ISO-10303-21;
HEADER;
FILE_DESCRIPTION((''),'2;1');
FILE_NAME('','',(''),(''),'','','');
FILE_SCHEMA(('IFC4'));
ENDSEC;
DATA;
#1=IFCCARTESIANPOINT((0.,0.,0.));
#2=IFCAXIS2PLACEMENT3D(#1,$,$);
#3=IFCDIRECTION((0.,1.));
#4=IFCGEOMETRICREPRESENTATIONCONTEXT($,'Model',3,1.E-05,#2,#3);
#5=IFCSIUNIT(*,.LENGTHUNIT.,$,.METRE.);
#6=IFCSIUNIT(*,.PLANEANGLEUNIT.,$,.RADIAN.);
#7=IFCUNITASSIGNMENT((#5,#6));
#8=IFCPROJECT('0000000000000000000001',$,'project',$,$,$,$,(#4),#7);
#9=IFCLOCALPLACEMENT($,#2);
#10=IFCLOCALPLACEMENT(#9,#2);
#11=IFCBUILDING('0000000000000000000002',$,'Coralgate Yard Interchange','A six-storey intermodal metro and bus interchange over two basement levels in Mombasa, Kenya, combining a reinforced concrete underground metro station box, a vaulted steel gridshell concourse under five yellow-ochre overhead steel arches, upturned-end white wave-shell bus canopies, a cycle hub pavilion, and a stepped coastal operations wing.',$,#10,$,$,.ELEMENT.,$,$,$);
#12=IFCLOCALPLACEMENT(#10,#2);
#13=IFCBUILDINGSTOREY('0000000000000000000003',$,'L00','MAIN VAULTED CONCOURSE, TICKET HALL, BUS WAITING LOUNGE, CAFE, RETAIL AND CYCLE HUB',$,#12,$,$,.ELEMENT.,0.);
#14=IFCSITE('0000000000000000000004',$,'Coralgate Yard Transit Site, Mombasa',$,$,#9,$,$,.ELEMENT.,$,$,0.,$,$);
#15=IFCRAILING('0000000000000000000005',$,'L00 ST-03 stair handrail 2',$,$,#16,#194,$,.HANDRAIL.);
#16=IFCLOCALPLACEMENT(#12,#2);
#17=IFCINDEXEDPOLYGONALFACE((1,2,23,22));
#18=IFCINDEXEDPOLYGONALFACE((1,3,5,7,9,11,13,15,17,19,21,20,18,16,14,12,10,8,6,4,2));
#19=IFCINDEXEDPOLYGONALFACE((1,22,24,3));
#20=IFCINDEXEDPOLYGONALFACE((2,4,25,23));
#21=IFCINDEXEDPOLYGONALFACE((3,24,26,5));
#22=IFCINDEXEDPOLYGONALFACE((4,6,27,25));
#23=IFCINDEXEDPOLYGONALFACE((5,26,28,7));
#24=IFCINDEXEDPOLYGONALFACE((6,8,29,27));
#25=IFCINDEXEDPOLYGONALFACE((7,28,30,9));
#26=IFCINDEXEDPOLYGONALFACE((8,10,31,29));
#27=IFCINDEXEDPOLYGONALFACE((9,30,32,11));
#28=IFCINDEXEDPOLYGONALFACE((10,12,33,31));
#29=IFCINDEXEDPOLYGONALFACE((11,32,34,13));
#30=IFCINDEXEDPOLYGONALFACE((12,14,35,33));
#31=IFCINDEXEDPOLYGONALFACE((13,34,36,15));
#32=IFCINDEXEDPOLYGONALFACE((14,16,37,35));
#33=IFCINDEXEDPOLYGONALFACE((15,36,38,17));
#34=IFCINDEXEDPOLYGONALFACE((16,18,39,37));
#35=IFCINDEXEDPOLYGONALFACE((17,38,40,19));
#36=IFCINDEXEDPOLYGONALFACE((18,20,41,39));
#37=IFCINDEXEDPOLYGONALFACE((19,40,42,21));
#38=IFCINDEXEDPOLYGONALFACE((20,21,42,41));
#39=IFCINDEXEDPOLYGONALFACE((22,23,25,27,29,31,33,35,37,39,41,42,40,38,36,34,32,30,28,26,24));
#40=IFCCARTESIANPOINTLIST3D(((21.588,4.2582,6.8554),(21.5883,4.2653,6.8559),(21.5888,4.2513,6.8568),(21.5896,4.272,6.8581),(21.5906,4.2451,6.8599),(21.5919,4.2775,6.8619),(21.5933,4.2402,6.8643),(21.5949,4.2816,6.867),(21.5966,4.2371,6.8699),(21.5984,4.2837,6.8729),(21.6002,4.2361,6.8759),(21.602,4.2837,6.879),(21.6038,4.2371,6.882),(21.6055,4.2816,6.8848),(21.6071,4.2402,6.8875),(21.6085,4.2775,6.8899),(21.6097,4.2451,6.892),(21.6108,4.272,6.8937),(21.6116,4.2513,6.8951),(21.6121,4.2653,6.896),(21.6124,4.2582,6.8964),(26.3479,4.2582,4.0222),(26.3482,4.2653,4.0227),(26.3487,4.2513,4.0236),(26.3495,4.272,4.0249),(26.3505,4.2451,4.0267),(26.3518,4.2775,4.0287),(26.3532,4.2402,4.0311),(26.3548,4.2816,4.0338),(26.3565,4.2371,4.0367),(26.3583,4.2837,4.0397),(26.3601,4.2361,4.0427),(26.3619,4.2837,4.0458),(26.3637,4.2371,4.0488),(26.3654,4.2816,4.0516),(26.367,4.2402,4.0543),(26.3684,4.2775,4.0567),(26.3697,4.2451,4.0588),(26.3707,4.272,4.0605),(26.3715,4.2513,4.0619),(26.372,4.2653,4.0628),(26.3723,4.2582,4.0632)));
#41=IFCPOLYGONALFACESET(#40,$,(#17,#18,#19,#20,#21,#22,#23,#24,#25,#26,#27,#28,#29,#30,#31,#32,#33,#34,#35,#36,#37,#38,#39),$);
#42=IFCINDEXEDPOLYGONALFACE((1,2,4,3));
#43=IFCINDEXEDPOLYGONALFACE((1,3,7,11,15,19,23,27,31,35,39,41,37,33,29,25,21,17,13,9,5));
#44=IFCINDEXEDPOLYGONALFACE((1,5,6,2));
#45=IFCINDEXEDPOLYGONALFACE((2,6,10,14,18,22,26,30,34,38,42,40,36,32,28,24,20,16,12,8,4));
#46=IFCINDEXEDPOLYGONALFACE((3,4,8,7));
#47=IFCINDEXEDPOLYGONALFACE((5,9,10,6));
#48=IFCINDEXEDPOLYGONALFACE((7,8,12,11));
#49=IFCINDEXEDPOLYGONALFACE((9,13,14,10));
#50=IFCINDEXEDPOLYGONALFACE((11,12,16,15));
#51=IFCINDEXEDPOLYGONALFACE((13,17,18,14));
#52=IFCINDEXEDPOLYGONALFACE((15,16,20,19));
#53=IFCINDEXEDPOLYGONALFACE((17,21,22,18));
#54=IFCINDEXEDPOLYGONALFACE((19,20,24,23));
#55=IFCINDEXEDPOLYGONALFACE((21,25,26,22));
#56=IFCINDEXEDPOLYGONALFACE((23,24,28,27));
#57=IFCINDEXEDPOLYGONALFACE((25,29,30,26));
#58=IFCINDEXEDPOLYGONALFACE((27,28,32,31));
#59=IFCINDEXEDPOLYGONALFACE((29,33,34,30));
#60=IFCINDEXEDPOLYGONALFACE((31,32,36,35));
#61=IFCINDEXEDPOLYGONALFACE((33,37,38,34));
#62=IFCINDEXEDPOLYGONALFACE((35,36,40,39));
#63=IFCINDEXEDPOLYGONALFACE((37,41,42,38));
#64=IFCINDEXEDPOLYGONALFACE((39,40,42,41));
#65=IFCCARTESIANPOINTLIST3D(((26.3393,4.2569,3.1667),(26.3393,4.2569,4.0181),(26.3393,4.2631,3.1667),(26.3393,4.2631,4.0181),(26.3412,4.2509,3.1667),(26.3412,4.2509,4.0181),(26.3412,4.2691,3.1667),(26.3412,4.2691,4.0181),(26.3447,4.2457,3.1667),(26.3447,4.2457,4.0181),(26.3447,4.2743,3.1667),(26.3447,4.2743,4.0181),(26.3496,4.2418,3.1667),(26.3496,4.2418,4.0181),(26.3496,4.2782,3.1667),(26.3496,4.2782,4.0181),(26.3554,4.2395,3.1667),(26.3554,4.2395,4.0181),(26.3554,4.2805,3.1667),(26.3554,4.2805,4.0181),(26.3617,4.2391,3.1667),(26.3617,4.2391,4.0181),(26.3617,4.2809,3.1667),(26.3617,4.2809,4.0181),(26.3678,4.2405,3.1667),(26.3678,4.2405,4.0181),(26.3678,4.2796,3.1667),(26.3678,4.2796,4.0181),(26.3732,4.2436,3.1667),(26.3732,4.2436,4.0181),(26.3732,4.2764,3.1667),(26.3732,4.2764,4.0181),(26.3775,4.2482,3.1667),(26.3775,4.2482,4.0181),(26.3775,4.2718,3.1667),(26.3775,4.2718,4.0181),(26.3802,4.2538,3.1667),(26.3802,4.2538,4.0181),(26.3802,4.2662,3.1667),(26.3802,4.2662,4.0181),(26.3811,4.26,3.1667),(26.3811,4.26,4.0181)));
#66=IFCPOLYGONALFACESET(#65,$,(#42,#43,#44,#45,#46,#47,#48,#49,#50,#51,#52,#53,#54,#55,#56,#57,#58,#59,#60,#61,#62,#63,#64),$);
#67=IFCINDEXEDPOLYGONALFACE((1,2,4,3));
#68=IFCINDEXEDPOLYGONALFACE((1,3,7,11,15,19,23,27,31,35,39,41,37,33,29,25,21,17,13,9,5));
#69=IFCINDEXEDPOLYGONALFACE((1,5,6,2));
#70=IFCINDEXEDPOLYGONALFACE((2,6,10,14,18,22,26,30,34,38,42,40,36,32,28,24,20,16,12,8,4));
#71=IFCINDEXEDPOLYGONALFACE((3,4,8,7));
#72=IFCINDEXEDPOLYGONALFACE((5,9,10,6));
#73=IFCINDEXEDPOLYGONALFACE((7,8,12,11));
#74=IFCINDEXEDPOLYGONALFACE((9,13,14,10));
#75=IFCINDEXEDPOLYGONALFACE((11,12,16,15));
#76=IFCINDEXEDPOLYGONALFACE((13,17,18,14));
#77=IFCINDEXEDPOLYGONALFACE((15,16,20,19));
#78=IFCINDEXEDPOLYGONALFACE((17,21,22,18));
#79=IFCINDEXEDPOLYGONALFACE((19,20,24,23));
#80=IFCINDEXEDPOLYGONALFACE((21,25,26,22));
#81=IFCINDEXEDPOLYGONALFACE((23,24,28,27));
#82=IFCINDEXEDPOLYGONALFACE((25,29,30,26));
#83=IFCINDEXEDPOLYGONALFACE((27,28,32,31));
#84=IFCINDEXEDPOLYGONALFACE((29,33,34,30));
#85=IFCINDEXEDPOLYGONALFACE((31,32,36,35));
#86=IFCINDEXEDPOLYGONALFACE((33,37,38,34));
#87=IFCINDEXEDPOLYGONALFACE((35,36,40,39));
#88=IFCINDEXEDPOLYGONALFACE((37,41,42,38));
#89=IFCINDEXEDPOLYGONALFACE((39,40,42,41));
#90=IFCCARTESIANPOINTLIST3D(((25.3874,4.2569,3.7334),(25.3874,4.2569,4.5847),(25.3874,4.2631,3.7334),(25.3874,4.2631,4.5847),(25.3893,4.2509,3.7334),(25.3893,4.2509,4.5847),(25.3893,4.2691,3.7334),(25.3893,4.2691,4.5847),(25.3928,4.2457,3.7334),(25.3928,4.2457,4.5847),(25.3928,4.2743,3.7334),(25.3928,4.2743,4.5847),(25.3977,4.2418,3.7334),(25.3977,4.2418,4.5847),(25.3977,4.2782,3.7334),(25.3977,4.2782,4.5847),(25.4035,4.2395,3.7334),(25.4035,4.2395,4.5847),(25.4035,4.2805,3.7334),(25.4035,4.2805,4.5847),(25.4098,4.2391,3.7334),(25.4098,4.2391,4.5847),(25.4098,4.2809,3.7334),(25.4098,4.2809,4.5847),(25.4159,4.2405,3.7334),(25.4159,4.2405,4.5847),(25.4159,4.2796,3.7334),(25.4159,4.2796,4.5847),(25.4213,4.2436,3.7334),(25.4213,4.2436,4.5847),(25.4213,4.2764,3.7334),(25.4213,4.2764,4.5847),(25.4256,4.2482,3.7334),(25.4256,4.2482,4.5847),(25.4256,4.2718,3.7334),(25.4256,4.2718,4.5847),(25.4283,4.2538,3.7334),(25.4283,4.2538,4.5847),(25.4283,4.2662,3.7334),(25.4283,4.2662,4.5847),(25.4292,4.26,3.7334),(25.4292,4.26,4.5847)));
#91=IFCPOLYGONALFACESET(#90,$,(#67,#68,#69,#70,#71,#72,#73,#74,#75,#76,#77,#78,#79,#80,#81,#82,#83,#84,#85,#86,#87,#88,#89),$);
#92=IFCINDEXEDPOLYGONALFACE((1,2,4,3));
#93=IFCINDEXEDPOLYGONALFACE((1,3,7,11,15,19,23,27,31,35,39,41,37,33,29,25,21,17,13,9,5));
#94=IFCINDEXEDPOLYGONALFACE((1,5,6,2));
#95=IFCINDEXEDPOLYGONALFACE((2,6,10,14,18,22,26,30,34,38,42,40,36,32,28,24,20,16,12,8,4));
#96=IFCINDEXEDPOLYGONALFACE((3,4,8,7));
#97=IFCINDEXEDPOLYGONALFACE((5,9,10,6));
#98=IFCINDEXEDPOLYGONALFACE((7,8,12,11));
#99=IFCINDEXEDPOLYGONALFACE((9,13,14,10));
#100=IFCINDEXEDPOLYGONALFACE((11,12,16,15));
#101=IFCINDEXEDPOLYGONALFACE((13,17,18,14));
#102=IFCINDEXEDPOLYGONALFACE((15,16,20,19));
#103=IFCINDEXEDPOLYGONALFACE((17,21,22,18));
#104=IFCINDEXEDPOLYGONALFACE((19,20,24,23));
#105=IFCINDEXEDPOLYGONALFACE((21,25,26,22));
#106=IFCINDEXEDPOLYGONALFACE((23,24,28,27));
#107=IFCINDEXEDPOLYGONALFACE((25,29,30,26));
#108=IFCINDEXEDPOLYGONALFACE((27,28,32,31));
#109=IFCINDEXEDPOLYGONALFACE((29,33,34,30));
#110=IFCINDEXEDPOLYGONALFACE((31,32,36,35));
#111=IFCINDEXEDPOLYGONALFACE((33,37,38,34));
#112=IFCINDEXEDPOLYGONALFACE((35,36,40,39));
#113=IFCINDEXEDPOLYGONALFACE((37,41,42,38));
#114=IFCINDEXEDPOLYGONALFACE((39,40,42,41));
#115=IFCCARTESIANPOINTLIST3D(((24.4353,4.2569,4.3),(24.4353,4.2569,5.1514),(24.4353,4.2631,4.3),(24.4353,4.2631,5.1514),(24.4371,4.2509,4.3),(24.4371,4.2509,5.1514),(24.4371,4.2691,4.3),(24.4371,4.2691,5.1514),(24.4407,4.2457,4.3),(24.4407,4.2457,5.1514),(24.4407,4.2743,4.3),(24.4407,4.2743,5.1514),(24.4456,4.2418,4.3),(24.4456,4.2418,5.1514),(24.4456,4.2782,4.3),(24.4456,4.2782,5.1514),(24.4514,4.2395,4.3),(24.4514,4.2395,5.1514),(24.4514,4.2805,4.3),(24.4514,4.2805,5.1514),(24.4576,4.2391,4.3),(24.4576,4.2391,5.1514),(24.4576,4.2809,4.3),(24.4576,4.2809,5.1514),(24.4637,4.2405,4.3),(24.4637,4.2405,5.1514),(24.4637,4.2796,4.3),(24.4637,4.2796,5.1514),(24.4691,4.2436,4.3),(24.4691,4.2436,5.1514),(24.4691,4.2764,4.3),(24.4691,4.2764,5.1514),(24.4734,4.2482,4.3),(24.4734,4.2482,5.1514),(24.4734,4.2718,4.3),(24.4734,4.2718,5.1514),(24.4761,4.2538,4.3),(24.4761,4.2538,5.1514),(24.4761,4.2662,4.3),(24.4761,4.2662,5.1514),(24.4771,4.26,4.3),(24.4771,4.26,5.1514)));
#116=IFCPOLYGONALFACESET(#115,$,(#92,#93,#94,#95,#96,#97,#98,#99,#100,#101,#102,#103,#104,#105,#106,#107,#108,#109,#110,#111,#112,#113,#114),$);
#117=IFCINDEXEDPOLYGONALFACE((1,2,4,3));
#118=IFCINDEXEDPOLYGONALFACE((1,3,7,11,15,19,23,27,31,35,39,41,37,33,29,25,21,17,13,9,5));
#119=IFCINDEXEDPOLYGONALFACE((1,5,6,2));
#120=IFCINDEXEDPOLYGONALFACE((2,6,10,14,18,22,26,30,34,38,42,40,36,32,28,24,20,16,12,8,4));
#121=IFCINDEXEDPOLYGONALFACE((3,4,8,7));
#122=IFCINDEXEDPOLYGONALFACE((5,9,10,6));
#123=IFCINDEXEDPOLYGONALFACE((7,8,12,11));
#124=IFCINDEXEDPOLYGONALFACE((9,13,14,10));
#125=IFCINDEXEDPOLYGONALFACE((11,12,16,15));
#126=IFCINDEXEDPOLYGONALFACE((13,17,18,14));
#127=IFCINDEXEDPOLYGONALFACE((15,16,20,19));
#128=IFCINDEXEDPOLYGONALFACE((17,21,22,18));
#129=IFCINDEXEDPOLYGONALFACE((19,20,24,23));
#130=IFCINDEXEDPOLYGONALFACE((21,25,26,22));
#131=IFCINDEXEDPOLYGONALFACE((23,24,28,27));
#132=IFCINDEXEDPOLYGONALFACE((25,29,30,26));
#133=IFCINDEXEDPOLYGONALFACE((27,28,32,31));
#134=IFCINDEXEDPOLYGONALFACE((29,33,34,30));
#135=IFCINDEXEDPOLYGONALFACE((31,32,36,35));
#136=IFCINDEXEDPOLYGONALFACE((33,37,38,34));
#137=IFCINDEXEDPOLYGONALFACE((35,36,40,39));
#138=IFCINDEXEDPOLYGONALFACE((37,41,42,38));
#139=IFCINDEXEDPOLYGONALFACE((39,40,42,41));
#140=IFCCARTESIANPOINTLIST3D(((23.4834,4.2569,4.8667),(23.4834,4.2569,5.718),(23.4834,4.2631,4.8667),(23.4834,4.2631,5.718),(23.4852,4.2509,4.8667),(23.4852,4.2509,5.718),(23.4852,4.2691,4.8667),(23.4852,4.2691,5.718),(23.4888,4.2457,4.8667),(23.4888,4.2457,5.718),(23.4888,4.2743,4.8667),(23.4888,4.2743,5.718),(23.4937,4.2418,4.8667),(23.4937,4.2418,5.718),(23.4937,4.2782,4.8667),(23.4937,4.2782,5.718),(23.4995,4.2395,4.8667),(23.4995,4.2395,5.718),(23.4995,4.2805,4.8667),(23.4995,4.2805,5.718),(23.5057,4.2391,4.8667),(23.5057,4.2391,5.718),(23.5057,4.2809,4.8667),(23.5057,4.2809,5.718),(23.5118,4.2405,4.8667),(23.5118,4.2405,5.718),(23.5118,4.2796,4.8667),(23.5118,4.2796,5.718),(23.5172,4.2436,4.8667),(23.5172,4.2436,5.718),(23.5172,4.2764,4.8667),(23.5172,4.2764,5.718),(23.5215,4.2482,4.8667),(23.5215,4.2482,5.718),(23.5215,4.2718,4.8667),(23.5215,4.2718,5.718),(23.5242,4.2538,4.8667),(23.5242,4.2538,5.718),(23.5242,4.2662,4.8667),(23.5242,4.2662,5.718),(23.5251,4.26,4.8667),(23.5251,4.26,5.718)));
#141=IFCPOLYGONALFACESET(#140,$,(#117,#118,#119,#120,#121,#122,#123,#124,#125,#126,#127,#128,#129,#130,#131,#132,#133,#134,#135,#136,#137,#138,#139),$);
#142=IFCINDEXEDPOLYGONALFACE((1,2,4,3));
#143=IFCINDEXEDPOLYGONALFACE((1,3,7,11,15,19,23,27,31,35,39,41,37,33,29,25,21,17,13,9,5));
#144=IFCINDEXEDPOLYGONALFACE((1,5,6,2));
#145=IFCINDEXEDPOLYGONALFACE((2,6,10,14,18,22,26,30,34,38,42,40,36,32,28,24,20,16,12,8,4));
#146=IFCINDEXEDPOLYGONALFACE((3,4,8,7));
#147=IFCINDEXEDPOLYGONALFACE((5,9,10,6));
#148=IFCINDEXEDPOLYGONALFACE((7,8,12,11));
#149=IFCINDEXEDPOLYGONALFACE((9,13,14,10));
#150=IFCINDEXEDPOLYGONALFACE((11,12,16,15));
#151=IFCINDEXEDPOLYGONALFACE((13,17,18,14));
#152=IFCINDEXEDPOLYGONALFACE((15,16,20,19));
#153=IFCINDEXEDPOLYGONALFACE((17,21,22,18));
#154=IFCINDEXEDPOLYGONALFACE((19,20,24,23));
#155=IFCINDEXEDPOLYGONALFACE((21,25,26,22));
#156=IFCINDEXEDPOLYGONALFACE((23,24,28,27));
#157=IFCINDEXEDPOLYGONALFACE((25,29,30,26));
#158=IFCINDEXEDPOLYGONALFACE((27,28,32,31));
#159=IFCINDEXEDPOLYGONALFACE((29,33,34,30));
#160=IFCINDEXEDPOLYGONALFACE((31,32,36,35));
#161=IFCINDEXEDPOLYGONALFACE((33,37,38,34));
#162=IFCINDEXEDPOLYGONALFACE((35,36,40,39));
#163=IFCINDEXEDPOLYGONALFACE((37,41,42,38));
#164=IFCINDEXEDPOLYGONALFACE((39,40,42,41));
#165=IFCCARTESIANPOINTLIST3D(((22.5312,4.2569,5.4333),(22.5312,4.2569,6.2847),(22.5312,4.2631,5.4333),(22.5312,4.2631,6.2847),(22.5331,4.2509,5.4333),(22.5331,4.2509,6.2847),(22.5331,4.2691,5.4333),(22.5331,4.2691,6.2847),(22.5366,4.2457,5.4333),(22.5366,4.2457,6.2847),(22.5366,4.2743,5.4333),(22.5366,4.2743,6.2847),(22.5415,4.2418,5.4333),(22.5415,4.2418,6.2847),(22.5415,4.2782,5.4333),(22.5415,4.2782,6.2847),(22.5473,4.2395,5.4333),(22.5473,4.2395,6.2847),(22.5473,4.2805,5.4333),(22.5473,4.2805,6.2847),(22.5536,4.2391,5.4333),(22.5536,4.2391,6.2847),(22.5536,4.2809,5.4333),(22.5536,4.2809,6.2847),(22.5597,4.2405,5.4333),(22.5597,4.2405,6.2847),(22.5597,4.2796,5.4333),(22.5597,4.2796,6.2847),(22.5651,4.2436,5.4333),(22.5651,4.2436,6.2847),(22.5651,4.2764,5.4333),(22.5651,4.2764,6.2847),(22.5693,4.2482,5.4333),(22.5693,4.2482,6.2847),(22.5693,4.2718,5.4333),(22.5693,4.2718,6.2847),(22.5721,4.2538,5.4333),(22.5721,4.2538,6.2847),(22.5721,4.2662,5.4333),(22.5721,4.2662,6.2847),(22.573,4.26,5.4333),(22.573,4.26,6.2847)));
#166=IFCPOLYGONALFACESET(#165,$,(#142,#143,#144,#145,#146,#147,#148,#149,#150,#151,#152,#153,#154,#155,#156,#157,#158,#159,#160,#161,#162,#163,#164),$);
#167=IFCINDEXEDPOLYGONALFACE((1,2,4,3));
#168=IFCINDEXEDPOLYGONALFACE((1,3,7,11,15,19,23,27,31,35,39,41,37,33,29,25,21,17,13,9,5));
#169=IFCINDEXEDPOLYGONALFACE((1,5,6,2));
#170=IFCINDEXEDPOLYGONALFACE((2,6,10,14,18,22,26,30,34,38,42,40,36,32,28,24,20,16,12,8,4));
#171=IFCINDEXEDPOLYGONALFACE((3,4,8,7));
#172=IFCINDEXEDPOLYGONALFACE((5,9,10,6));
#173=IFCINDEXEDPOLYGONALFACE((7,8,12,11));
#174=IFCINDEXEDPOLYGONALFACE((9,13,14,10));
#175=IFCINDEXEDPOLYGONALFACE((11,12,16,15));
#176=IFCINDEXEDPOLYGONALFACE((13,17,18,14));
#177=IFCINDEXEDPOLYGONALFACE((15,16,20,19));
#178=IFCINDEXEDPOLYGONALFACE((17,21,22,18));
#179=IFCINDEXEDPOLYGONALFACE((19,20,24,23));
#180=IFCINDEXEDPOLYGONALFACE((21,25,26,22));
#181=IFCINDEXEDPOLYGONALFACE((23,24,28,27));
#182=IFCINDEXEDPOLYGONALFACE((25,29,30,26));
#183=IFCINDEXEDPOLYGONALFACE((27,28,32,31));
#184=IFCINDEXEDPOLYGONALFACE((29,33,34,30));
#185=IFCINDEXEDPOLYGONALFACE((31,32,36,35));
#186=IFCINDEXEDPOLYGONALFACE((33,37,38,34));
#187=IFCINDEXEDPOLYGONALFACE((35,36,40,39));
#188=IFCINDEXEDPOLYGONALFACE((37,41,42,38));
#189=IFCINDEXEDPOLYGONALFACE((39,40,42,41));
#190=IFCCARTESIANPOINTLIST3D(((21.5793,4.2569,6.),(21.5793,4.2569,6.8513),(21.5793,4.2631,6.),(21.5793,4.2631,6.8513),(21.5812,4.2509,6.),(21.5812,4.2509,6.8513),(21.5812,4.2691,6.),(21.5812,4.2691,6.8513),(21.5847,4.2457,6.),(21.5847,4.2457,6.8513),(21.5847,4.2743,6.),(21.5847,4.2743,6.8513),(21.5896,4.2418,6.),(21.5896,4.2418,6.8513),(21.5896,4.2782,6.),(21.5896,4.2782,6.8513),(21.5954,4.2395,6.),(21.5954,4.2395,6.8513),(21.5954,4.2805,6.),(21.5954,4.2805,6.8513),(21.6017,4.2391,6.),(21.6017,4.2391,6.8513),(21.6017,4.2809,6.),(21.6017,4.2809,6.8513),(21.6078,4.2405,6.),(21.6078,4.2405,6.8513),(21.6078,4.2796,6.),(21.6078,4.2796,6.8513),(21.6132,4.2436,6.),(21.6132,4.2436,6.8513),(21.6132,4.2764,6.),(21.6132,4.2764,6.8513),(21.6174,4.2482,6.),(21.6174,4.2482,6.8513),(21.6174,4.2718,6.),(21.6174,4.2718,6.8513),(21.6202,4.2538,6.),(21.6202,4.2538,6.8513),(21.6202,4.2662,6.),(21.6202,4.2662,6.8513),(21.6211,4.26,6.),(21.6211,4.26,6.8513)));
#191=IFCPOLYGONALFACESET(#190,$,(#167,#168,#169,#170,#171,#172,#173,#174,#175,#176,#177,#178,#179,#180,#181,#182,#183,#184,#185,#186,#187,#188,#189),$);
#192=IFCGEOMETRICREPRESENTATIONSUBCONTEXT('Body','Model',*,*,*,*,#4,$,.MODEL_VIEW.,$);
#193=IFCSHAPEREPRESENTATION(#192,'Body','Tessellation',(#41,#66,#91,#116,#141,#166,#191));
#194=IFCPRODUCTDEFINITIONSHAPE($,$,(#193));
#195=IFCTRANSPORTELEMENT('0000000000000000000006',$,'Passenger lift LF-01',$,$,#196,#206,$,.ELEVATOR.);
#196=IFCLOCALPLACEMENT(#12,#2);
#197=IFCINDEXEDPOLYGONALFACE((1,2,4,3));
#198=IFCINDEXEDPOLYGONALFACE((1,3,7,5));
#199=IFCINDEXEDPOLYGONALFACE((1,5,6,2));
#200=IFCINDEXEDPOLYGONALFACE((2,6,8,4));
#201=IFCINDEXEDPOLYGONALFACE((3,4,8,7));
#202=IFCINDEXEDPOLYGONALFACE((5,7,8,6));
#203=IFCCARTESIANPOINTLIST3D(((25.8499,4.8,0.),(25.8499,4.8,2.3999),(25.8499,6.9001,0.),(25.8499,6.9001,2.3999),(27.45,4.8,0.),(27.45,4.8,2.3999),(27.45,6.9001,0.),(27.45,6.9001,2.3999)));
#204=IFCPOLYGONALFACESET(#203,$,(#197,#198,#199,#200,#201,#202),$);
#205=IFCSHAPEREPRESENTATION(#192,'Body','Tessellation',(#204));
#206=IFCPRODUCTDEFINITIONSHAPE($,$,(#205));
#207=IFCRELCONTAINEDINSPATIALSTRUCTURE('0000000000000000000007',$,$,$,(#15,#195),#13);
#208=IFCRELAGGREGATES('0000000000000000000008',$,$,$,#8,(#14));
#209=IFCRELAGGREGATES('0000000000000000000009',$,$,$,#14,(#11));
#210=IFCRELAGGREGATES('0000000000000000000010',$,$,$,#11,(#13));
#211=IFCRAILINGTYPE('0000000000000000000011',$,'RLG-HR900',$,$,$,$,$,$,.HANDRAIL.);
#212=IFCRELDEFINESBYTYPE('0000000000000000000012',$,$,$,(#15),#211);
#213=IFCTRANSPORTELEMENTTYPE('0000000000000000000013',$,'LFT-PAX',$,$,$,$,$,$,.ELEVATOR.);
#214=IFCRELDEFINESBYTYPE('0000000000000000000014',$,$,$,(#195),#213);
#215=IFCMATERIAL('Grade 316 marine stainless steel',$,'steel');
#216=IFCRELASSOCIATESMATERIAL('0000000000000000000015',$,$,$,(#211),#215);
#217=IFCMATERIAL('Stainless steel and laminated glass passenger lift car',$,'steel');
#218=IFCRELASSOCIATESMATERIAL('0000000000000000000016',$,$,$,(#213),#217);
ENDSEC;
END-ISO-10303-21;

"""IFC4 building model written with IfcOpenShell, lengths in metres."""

from ifc_helpers import new_model, si_unit, direction, frame, origin, origin_2d, place, context, subcontext, project, spatial, rectangle, circle, extrude, material, type_object, element, save


model = new_model("IFC4")

# Units and contexts
model_context = context("Model", 3, precision=1e-05, world=origin(), true_north=direction((0.0, 1.0)))
body_context = subcontext(model_context, "Body", "Model", "MODEL_VIEW")
ifc_project = project(units=[si_unit("LENGTHUNIT", "METRE"), si_unit("PLANEANGLEUNIT", "RADIAN")], contexts=[model_context])

# Site, building, storey
site_placement = place(None, origin())
site = spatial("IfcSite", under=ifc_project, at=site_placement, Name="Coralgate Yard Transit Site, Mombasa", CompositionType="ELEMENT", RefElevation=0.0)
building_placement = place(site_placement, origin())
building = spatial("IfcBuilding", under=site, at=building_placement, Name="Coralgate Yard Interchange", Description="A six-storey intermodal metro and bus interchange over two basement levels in Mombasa, Kenya, combining a reinforced concrete underground metro station box, a vaulted steel gridshell concourse under five yellow-ochre overhead steel arches, upturned-end white wave-shell bus canopies, a cycle hub pavilion, and a stepped coastal operations wing.", CompositionType="ELEMENT")
storey_placement = place(building_placement, origin())
storey = spatial("IfcBuildingStorey", under=building, at=storey_placement, Name="L00", Description="MAIN VAULTED CONCOURSE, TICKET HALL, BUS WAITING LOUNGE, CAFE, RETAIL AND CYCLE HUB", CompositionType="ELEMENT", Elevation=0.0)

# Railing
ifc_material_1 = material(Name="Grade 316 marine stainless steel", Category="steel")
railing_type_1 = type_object("IfcRailingType", Name="RLG-HR900", PredefinedType="HANDRAIL", material=ifc_material_1)
railing_1_placement = place(storey_placement, frame((26.3601, 4.26, 3.1667)))
element("IfcRailing", 1, at=railing_1_placement, inside=storey, type_object=railing_type_1, Name="L00 ST-03 stair handrail 2", PredefinedType="HANDRAIL", context=body_context, shape_type="SweptSolid", body=[
    extrude(circle(Radius=0.0239, at=origin_2d()), frame((0.0, 0.0, 0.876), z_axis=(-0.8593, 0.0, 0.511472), x_axis=(0.0, -1.0, 0.0)), (0.0, 0.0, 1.0), 5.5393),
    extrude(circle(Radius=0.021, at=origin_2d()), origin(), (0.0, 0.0, 1.0), 0.8513),
    extrude(circle(Radius=0.021, at=origin_2d()), frame((-0.9519, 0.0, 0.5667)), (0.0, 0.0, 1.0), 0.8513),
    extrude(circle(Radius=0.021, at=origin_2d()), frame((-1.9041, 0.0, 1.1333)), (0.0, 0.0, 1.0), 0.8513),
    extrude(circle(Radius=0.021, at=origin_2d()), frame((-2.856, 0.0, 1.7)), (0.0, 0.0, 1.0), 0.8513),
    extrude(circle(Radius=0.021, at=origin_2d()), frame((-3.8081, 0.0, 2.2666)), (0.0, 0.0, 1.0), 0.8513),
    extrude(circle(Radius=0.021, at=origin_2d()), frame((-4.76, 0.0, 2.8333)), (0.0, 0.0, 1.0), 0.8513),
])

# Transport element
ifc_material_2 = material(Name="Stainless steel and laminated glass passenger lift car", Category="steel")
transport_element_type = type_object("IfcTransportElementType", Name="LFT-PAX", PredefinedType="ELEVATOR", material=ifc_material_2)
transport_element_placement = place(storey_placement, frame((26.6499, 5.8501, 0.0), z_axis=(0.0, 0.0, 1.0), x_axis=(1.0, 0.0, 0.0)))
element("IfcTransportElement", 2, at=transport_element_placement, inside=storey, type_object=transport_element_type, Name="Passenger lift LF-01", PredefinedType="ELEVATOR", context=body_context, shape_type="SweptSolid", body=[
    extrude(rectangle(XDim=1.6001, YDim=2.1001, at=origin_2d()), origin(), (0.0, 0.0, 1.0), 2.3999),
])

save(model, "model.ifc")
